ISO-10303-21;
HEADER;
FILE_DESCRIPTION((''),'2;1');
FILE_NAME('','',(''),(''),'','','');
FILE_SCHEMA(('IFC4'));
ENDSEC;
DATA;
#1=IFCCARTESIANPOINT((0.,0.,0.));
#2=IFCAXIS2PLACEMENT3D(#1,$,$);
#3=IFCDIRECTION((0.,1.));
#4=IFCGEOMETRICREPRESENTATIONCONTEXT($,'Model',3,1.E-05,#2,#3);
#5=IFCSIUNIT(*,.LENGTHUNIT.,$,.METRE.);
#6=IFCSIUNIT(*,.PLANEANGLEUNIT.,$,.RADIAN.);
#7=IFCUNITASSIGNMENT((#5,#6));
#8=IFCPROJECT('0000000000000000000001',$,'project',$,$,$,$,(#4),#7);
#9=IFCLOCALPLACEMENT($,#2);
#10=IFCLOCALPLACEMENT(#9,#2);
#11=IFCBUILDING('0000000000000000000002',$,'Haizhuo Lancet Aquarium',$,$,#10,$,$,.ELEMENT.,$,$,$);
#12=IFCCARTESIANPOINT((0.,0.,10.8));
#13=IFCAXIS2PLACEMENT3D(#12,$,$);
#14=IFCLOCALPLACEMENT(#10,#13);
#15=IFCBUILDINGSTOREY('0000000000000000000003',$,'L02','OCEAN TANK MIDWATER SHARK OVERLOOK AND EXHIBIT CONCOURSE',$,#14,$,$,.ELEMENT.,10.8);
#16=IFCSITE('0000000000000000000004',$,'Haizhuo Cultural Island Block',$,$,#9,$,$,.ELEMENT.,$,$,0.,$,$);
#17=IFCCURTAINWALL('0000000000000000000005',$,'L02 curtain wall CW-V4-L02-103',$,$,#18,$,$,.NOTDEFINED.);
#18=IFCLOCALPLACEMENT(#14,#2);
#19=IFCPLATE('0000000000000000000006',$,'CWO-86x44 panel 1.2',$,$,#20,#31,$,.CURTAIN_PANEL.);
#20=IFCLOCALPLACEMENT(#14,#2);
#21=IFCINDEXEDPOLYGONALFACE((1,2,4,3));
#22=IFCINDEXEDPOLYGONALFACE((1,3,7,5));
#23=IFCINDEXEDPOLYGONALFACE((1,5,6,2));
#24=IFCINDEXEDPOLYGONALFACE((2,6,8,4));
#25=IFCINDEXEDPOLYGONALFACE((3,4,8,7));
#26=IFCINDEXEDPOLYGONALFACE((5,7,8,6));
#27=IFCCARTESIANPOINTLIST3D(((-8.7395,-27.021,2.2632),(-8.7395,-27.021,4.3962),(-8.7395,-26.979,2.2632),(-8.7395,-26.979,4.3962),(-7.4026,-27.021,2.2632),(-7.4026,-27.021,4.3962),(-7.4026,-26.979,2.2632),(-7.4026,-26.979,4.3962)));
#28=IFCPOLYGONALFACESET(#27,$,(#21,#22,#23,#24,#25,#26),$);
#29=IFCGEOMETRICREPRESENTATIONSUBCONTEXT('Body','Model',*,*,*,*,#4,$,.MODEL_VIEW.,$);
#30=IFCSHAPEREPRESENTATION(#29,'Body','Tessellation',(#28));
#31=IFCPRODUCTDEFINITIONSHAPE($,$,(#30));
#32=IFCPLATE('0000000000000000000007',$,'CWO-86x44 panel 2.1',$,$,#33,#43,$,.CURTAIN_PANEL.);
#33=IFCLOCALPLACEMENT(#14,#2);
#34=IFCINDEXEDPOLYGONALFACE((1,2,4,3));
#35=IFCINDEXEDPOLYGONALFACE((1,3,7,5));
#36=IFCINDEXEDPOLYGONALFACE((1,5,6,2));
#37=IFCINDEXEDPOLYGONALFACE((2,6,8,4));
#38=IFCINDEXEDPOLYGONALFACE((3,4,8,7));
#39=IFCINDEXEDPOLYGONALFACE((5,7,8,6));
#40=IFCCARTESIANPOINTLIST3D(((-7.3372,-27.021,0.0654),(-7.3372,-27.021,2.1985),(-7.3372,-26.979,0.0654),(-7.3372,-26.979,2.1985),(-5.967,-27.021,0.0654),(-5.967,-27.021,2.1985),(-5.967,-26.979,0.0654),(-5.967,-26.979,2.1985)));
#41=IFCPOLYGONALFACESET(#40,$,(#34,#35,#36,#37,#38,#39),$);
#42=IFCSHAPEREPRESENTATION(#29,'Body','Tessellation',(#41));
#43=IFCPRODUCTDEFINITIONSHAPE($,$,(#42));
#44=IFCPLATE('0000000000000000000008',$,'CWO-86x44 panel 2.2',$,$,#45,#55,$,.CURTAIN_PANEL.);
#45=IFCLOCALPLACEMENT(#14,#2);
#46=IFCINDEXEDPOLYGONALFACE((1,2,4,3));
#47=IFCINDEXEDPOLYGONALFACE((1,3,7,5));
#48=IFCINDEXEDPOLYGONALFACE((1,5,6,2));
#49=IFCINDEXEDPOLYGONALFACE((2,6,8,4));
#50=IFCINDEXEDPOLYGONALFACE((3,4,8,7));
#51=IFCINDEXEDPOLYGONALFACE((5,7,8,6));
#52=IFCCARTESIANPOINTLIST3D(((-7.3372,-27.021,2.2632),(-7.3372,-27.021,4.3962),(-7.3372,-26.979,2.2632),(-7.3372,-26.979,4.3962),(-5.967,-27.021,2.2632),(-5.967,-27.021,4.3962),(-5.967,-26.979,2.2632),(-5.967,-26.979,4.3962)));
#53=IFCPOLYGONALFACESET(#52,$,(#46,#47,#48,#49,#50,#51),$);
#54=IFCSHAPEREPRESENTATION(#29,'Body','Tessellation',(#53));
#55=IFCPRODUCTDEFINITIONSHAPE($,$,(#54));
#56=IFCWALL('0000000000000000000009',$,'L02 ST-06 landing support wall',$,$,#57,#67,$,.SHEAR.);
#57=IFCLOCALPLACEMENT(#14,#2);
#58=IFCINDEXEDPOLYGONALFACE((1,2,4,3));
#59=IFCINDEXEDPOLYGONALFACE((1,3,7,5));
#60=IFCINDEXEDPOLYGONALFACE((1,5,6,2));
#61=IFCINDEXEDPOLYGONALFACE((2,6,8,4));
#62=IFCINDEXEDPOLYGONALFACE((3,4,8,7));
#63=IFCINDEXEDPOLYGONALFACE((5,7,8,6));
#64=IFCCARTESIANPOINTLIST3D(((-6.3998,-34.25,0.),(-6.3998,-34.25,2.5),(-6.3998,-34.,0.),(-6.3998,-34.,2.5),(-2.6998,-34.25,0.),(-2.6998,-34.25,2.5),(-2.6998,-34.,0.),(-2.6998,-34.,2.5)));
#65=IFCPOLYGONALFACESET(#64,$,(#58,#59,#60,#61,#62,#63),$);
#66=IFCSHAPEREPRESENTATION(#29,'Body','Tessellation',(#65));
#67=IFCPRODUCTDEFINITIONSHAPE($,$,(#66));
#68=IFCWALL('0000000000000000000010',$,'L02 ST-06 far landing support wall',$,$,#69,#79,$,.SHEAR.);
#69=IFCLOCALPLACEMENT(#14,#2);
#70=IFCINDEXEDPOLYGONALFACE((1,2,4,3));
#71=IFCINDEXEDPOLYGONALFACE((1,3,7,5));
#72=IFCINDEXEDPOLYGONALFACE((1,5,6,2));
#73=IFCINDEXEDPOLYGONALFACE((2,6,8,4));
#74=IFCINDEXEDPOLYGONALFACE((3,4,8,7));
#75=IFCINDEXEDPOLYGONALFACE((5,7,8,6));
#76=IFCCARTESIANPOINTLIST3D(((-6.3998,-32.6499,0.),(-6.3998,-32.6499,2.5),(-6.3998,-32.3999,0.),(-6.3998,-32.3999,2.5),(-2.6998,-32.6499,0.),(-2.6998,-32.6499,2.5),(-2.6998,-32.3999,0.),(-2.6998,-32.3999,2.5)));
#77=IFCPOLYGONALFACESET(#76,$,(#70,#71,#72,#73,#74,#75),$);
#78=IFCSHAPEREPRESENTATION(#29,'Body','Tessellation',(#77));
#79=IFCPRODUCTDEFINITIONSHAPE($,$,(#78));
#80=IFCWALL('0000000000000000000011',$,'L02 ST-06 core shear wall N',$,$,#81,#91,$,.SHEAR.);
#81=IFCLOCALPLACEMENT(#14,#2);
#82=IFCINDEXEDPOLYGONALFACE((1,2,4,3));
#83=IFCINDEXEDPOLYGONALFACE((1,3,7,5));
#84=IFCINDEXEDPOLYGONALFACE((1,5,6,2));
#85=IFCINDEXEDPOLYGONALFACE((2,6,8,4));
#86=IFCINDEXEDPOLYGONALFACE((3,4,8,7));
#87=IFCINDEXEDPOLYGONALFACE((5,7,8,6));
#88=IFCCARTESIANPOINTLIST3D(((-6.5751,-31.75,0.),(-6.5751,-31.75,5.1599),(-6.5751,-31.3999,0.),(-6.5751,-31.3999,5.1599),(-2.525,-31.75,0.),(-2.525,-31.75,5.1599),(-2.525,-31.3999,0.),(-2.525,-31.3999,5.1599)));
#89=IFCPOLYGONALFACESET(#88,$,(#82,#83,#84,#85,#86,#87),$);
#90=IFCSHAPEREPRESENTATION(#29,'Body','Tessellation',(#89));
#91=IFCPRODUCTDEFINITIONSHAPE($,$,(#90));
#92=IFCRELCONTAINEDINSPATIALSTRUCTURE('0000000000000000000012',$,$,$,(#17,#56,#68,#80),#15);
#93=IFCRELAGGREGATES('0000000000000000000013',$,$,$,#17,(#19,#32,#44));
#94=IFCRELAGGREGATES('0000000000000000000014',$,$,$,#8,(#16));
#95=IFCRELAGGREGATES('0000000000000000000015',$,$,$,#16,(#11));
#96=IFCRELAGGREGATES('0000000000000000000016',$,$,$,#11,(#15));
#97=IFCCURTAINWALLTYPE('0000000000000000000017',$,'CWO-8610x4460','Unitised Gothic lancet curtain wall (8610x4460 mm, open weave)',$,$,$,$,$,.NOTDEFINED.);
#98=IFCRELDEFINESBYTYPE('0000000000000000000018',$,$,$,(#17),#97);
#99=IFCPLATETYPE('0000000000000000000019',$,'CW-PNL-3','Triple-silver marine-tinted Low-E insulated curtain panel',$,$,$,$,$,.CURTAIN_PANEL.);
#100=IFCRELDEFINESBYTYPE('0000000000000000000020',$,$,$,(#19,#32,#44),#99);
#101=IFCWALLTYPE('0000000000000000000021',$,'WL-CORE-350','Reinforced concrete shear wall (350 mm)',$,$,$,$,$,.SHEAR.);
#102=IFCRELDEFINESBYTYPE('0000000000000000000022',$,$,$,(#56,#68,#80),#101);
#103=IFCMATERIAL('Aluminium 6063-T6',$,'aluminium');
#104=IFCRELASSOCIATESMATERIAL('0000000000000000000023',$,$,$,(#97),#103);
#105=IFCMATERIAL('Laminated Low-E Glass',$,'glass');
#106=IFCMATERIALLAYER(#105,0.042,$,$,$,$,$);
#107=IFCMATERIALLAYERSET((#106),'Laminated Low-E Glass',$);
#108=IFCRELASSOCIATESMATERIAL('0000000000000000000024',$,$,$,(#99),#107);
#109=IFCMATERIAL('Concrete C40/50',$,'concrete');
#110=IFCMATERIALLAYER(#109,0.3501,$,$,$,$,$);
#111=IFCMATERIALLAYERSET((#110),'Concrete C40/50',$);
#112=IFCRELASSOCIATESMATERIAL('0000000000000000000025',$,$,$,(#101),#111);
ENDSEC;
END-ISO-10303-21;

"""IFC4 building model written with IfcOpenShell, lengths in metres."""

from ifc_helpers import new_model, si_unit, direction, frame, frame_2d, origin, origin_2d, place, context, subcontext, project, spatial, rectangle, extrude, material, layer, layer_set, type_object, element, aggregate, save


model = new_model("IFC4")

# Units and contexts
model_context = context("Model", 3, precision=1e-05, world=origin(), true_north=direction((0.0, 1.0)))
body_context = subcontext(model_context, "Body", "Model", "MODEL_VIEW")
ifc_project = project(units=[si_unit("LENGTHUNIT", "METRE"), si_unit("PLANEANGLEUNIT", "RADIAN")], contexts=[model_context])

# Site, building, storey
site_placement = place(None, origin())
site = spatial("IfcSite", under=ifc_project, at=site_placement, Name="Haizhuo Cultural Island Block", CompositionType="ELEMENT", RefElevation=0.0)
building_placement = place(site_placement, origin())
building = spatial("IfcBuilding", under=site, at=building_placement, Name="Haizhuo Lancet Aquarium", CompositionType="ELEMENT")
storey_placement = place(building_placement, frame((0.0, 0.0, 10.8)))
storey = spatial("IfcBuildingStorey", under=building, at=storey_placement, Name="L02", Description="OCEAN TANK MIDWATER SHARK OVERLOOK AND EXHIBIT CONCOURSE", CompositionType="ELEMENT", Elevation=10.8)

# Curtain wall
ifc_material_1 = material(Name="Aluminium 6063-T6", Category="aluminium")
curtain_wall_type = type_object("IfcCurtainWallType", Name="CWO-8610x4460", Description="Unitised Gothic lancet curtain wall (8610x4460 mm, open weave)", PredefinedType="NOTDEFINED", material=ifc_material_1)
curtain_wall_placement = place(storey_placement, origin())
curtain_wall = element("IfcCurtainWall", 1, at=curtain_wall_placement, inside=storey, type_object=curtain_wall_type, Name="L02 curtain wall CW-V4-L02-103", PredefinedType="NOTDEFINED")

# Plates
ifc_material_2 = material(Name="Laminated Low-E Glass", Category="glass")
ifc_layer_1 = layer(ifc_material_2, 0.042)
ifc_layer_set_1 = layer_set([ifc_layer_1], Name="Laminated Low-E Glass")
plate_type = type_object("IfcPlateType", Name="CW-PNL-3", Description="Triple-silver marine-tinted Low-E insulated curtain panel", PredefinedType="CURTAIN_PANEL", material=ifc_layer_set_1)
plate_1_placement = place(storey_placement, frame((-8.071, -27.0, 2.2632), z_axis=(0.0, 0.0, 1.0), x_axis=(1.0, 0.0, 0.0)))
plate_1 = element("IfcPlate", 2, at=plate_1_placement, type_object=plate_type, Name="CWO-86x44 panel 1.2", PredefinedType="CURTAIN_PANEL", context=body_context, shape_type="SweptSolid", body=[
    extrude(rectangle(XDim=1.3369, YDim=0.042, at=origin_2d()), origin(), (0.0, 0.0, 1.0), 2.1331),
])
plate_2_placement = place(storey_placement, frame((-6.6521, -27.0, 0.0654), z_axis=(0.0, 0.0, 1.0), x_axis=(1.0, 0.0, 0.0)))
plate_2 = element("IfcPlate", 3, at=plate_2_placement, type_object=plate_type, Name="CWO-86x44 panel 2.1", PredefinedType="CURTAIN_PANEL", context=body_context, shape_type="SweptSolid", body=[
    extrude(rectangle(XDim=1.3701, YDim=0.042, at=origin_2d()), origin(), (0.0, 0.0, 1.0), 2.1331),
])
plate_3_placement = place(storey_placement, frame((-6.6521, -27.0, 2.2632), z_axis=(0.0, 0.0, 1.0), x_axis=(1.0, 0.0, 0.0)))
plate_3 = element("IfcPlate", 4, at=plate_3_placement, type_object=plate_type, Name="CWO-86x44 panel 2.2", PredefinedType="CURTAIN_PANEL", context=body_context, shape_type="SweptSolid", body=[
    extrude(rectangle(XDim=1.3701, YDim=0.042, at=origin_2d()), origin(), (0.0, 0.0, 1.0), 2.1331),
])
aggregate(curtain_wall, [plate_1, plate_2, plate_3])

# Walls
ifc_material_3 = material(Name="Concrete C40/50", Category="concrete")
ifc_layer_2 = layer(ifc_material_3, 0.3501)
ifc_layer_set_2 = layer_set([ifc_layer_2], Name="Concrete C40/50")
wall_type = type_object("IfcWallType", Name="WL-CORE-350", Description="Reinforced concrete shear wall (350 mm)", PredefinedType="SHEAR", material=ifc_layer_set_2)
for number, where, z_axis, x_axis, name in (
    (5, (-6.3999, -34.125, 0.0), (0.0, 0.0, 1.0), (1.0, 0.0, 0.0), "L02 ST-06 landing support wall"),
    (6, (-6.3999, -32.5249, 0.0), (0.0, 0.0, 1.0), (1.0, 0.0, 0.0), "L02 ST-06 far landing support wall"),
):
    element("IfcWall", number, at=place(storey_placement, frame(where, z_axis=z_axis, x_axis=x_axis)), inside=storey, type_object=wall_type, Name=name, PredefinedType="SHEAR", context=body_context, shape_type="SweptSolid", body=[
        extrude(rectangle(XDim=3.7, YDim=0.25, at=frame_2d((1.8501, 0.0))), origin(), (0.0, 0.0, 1.0), 2.5),
    ])
wall_placement = place(storey_placement, frame((-6.575, -31.575, 0.0), z_axis=(0.0, 0.0, 1.0), x_axis=(1.0, 0.0, 0.0)))
element("IfcWall", 7, at=wall_placement, inside=storey, type_object=wall_type, Name="L02 ST-06 core shear wall N", PredefinedType="SHEAR", context=body_context, shape_type="SweptSolid", body=[
    extrude(rectangle(XDim=4.05, YDim=0.3501, at=frame_2d((2.0249, 0.0))), origin(), (0.0, 0.0, 1.0), 5.1599),
])

save(model, "model.ifc")
